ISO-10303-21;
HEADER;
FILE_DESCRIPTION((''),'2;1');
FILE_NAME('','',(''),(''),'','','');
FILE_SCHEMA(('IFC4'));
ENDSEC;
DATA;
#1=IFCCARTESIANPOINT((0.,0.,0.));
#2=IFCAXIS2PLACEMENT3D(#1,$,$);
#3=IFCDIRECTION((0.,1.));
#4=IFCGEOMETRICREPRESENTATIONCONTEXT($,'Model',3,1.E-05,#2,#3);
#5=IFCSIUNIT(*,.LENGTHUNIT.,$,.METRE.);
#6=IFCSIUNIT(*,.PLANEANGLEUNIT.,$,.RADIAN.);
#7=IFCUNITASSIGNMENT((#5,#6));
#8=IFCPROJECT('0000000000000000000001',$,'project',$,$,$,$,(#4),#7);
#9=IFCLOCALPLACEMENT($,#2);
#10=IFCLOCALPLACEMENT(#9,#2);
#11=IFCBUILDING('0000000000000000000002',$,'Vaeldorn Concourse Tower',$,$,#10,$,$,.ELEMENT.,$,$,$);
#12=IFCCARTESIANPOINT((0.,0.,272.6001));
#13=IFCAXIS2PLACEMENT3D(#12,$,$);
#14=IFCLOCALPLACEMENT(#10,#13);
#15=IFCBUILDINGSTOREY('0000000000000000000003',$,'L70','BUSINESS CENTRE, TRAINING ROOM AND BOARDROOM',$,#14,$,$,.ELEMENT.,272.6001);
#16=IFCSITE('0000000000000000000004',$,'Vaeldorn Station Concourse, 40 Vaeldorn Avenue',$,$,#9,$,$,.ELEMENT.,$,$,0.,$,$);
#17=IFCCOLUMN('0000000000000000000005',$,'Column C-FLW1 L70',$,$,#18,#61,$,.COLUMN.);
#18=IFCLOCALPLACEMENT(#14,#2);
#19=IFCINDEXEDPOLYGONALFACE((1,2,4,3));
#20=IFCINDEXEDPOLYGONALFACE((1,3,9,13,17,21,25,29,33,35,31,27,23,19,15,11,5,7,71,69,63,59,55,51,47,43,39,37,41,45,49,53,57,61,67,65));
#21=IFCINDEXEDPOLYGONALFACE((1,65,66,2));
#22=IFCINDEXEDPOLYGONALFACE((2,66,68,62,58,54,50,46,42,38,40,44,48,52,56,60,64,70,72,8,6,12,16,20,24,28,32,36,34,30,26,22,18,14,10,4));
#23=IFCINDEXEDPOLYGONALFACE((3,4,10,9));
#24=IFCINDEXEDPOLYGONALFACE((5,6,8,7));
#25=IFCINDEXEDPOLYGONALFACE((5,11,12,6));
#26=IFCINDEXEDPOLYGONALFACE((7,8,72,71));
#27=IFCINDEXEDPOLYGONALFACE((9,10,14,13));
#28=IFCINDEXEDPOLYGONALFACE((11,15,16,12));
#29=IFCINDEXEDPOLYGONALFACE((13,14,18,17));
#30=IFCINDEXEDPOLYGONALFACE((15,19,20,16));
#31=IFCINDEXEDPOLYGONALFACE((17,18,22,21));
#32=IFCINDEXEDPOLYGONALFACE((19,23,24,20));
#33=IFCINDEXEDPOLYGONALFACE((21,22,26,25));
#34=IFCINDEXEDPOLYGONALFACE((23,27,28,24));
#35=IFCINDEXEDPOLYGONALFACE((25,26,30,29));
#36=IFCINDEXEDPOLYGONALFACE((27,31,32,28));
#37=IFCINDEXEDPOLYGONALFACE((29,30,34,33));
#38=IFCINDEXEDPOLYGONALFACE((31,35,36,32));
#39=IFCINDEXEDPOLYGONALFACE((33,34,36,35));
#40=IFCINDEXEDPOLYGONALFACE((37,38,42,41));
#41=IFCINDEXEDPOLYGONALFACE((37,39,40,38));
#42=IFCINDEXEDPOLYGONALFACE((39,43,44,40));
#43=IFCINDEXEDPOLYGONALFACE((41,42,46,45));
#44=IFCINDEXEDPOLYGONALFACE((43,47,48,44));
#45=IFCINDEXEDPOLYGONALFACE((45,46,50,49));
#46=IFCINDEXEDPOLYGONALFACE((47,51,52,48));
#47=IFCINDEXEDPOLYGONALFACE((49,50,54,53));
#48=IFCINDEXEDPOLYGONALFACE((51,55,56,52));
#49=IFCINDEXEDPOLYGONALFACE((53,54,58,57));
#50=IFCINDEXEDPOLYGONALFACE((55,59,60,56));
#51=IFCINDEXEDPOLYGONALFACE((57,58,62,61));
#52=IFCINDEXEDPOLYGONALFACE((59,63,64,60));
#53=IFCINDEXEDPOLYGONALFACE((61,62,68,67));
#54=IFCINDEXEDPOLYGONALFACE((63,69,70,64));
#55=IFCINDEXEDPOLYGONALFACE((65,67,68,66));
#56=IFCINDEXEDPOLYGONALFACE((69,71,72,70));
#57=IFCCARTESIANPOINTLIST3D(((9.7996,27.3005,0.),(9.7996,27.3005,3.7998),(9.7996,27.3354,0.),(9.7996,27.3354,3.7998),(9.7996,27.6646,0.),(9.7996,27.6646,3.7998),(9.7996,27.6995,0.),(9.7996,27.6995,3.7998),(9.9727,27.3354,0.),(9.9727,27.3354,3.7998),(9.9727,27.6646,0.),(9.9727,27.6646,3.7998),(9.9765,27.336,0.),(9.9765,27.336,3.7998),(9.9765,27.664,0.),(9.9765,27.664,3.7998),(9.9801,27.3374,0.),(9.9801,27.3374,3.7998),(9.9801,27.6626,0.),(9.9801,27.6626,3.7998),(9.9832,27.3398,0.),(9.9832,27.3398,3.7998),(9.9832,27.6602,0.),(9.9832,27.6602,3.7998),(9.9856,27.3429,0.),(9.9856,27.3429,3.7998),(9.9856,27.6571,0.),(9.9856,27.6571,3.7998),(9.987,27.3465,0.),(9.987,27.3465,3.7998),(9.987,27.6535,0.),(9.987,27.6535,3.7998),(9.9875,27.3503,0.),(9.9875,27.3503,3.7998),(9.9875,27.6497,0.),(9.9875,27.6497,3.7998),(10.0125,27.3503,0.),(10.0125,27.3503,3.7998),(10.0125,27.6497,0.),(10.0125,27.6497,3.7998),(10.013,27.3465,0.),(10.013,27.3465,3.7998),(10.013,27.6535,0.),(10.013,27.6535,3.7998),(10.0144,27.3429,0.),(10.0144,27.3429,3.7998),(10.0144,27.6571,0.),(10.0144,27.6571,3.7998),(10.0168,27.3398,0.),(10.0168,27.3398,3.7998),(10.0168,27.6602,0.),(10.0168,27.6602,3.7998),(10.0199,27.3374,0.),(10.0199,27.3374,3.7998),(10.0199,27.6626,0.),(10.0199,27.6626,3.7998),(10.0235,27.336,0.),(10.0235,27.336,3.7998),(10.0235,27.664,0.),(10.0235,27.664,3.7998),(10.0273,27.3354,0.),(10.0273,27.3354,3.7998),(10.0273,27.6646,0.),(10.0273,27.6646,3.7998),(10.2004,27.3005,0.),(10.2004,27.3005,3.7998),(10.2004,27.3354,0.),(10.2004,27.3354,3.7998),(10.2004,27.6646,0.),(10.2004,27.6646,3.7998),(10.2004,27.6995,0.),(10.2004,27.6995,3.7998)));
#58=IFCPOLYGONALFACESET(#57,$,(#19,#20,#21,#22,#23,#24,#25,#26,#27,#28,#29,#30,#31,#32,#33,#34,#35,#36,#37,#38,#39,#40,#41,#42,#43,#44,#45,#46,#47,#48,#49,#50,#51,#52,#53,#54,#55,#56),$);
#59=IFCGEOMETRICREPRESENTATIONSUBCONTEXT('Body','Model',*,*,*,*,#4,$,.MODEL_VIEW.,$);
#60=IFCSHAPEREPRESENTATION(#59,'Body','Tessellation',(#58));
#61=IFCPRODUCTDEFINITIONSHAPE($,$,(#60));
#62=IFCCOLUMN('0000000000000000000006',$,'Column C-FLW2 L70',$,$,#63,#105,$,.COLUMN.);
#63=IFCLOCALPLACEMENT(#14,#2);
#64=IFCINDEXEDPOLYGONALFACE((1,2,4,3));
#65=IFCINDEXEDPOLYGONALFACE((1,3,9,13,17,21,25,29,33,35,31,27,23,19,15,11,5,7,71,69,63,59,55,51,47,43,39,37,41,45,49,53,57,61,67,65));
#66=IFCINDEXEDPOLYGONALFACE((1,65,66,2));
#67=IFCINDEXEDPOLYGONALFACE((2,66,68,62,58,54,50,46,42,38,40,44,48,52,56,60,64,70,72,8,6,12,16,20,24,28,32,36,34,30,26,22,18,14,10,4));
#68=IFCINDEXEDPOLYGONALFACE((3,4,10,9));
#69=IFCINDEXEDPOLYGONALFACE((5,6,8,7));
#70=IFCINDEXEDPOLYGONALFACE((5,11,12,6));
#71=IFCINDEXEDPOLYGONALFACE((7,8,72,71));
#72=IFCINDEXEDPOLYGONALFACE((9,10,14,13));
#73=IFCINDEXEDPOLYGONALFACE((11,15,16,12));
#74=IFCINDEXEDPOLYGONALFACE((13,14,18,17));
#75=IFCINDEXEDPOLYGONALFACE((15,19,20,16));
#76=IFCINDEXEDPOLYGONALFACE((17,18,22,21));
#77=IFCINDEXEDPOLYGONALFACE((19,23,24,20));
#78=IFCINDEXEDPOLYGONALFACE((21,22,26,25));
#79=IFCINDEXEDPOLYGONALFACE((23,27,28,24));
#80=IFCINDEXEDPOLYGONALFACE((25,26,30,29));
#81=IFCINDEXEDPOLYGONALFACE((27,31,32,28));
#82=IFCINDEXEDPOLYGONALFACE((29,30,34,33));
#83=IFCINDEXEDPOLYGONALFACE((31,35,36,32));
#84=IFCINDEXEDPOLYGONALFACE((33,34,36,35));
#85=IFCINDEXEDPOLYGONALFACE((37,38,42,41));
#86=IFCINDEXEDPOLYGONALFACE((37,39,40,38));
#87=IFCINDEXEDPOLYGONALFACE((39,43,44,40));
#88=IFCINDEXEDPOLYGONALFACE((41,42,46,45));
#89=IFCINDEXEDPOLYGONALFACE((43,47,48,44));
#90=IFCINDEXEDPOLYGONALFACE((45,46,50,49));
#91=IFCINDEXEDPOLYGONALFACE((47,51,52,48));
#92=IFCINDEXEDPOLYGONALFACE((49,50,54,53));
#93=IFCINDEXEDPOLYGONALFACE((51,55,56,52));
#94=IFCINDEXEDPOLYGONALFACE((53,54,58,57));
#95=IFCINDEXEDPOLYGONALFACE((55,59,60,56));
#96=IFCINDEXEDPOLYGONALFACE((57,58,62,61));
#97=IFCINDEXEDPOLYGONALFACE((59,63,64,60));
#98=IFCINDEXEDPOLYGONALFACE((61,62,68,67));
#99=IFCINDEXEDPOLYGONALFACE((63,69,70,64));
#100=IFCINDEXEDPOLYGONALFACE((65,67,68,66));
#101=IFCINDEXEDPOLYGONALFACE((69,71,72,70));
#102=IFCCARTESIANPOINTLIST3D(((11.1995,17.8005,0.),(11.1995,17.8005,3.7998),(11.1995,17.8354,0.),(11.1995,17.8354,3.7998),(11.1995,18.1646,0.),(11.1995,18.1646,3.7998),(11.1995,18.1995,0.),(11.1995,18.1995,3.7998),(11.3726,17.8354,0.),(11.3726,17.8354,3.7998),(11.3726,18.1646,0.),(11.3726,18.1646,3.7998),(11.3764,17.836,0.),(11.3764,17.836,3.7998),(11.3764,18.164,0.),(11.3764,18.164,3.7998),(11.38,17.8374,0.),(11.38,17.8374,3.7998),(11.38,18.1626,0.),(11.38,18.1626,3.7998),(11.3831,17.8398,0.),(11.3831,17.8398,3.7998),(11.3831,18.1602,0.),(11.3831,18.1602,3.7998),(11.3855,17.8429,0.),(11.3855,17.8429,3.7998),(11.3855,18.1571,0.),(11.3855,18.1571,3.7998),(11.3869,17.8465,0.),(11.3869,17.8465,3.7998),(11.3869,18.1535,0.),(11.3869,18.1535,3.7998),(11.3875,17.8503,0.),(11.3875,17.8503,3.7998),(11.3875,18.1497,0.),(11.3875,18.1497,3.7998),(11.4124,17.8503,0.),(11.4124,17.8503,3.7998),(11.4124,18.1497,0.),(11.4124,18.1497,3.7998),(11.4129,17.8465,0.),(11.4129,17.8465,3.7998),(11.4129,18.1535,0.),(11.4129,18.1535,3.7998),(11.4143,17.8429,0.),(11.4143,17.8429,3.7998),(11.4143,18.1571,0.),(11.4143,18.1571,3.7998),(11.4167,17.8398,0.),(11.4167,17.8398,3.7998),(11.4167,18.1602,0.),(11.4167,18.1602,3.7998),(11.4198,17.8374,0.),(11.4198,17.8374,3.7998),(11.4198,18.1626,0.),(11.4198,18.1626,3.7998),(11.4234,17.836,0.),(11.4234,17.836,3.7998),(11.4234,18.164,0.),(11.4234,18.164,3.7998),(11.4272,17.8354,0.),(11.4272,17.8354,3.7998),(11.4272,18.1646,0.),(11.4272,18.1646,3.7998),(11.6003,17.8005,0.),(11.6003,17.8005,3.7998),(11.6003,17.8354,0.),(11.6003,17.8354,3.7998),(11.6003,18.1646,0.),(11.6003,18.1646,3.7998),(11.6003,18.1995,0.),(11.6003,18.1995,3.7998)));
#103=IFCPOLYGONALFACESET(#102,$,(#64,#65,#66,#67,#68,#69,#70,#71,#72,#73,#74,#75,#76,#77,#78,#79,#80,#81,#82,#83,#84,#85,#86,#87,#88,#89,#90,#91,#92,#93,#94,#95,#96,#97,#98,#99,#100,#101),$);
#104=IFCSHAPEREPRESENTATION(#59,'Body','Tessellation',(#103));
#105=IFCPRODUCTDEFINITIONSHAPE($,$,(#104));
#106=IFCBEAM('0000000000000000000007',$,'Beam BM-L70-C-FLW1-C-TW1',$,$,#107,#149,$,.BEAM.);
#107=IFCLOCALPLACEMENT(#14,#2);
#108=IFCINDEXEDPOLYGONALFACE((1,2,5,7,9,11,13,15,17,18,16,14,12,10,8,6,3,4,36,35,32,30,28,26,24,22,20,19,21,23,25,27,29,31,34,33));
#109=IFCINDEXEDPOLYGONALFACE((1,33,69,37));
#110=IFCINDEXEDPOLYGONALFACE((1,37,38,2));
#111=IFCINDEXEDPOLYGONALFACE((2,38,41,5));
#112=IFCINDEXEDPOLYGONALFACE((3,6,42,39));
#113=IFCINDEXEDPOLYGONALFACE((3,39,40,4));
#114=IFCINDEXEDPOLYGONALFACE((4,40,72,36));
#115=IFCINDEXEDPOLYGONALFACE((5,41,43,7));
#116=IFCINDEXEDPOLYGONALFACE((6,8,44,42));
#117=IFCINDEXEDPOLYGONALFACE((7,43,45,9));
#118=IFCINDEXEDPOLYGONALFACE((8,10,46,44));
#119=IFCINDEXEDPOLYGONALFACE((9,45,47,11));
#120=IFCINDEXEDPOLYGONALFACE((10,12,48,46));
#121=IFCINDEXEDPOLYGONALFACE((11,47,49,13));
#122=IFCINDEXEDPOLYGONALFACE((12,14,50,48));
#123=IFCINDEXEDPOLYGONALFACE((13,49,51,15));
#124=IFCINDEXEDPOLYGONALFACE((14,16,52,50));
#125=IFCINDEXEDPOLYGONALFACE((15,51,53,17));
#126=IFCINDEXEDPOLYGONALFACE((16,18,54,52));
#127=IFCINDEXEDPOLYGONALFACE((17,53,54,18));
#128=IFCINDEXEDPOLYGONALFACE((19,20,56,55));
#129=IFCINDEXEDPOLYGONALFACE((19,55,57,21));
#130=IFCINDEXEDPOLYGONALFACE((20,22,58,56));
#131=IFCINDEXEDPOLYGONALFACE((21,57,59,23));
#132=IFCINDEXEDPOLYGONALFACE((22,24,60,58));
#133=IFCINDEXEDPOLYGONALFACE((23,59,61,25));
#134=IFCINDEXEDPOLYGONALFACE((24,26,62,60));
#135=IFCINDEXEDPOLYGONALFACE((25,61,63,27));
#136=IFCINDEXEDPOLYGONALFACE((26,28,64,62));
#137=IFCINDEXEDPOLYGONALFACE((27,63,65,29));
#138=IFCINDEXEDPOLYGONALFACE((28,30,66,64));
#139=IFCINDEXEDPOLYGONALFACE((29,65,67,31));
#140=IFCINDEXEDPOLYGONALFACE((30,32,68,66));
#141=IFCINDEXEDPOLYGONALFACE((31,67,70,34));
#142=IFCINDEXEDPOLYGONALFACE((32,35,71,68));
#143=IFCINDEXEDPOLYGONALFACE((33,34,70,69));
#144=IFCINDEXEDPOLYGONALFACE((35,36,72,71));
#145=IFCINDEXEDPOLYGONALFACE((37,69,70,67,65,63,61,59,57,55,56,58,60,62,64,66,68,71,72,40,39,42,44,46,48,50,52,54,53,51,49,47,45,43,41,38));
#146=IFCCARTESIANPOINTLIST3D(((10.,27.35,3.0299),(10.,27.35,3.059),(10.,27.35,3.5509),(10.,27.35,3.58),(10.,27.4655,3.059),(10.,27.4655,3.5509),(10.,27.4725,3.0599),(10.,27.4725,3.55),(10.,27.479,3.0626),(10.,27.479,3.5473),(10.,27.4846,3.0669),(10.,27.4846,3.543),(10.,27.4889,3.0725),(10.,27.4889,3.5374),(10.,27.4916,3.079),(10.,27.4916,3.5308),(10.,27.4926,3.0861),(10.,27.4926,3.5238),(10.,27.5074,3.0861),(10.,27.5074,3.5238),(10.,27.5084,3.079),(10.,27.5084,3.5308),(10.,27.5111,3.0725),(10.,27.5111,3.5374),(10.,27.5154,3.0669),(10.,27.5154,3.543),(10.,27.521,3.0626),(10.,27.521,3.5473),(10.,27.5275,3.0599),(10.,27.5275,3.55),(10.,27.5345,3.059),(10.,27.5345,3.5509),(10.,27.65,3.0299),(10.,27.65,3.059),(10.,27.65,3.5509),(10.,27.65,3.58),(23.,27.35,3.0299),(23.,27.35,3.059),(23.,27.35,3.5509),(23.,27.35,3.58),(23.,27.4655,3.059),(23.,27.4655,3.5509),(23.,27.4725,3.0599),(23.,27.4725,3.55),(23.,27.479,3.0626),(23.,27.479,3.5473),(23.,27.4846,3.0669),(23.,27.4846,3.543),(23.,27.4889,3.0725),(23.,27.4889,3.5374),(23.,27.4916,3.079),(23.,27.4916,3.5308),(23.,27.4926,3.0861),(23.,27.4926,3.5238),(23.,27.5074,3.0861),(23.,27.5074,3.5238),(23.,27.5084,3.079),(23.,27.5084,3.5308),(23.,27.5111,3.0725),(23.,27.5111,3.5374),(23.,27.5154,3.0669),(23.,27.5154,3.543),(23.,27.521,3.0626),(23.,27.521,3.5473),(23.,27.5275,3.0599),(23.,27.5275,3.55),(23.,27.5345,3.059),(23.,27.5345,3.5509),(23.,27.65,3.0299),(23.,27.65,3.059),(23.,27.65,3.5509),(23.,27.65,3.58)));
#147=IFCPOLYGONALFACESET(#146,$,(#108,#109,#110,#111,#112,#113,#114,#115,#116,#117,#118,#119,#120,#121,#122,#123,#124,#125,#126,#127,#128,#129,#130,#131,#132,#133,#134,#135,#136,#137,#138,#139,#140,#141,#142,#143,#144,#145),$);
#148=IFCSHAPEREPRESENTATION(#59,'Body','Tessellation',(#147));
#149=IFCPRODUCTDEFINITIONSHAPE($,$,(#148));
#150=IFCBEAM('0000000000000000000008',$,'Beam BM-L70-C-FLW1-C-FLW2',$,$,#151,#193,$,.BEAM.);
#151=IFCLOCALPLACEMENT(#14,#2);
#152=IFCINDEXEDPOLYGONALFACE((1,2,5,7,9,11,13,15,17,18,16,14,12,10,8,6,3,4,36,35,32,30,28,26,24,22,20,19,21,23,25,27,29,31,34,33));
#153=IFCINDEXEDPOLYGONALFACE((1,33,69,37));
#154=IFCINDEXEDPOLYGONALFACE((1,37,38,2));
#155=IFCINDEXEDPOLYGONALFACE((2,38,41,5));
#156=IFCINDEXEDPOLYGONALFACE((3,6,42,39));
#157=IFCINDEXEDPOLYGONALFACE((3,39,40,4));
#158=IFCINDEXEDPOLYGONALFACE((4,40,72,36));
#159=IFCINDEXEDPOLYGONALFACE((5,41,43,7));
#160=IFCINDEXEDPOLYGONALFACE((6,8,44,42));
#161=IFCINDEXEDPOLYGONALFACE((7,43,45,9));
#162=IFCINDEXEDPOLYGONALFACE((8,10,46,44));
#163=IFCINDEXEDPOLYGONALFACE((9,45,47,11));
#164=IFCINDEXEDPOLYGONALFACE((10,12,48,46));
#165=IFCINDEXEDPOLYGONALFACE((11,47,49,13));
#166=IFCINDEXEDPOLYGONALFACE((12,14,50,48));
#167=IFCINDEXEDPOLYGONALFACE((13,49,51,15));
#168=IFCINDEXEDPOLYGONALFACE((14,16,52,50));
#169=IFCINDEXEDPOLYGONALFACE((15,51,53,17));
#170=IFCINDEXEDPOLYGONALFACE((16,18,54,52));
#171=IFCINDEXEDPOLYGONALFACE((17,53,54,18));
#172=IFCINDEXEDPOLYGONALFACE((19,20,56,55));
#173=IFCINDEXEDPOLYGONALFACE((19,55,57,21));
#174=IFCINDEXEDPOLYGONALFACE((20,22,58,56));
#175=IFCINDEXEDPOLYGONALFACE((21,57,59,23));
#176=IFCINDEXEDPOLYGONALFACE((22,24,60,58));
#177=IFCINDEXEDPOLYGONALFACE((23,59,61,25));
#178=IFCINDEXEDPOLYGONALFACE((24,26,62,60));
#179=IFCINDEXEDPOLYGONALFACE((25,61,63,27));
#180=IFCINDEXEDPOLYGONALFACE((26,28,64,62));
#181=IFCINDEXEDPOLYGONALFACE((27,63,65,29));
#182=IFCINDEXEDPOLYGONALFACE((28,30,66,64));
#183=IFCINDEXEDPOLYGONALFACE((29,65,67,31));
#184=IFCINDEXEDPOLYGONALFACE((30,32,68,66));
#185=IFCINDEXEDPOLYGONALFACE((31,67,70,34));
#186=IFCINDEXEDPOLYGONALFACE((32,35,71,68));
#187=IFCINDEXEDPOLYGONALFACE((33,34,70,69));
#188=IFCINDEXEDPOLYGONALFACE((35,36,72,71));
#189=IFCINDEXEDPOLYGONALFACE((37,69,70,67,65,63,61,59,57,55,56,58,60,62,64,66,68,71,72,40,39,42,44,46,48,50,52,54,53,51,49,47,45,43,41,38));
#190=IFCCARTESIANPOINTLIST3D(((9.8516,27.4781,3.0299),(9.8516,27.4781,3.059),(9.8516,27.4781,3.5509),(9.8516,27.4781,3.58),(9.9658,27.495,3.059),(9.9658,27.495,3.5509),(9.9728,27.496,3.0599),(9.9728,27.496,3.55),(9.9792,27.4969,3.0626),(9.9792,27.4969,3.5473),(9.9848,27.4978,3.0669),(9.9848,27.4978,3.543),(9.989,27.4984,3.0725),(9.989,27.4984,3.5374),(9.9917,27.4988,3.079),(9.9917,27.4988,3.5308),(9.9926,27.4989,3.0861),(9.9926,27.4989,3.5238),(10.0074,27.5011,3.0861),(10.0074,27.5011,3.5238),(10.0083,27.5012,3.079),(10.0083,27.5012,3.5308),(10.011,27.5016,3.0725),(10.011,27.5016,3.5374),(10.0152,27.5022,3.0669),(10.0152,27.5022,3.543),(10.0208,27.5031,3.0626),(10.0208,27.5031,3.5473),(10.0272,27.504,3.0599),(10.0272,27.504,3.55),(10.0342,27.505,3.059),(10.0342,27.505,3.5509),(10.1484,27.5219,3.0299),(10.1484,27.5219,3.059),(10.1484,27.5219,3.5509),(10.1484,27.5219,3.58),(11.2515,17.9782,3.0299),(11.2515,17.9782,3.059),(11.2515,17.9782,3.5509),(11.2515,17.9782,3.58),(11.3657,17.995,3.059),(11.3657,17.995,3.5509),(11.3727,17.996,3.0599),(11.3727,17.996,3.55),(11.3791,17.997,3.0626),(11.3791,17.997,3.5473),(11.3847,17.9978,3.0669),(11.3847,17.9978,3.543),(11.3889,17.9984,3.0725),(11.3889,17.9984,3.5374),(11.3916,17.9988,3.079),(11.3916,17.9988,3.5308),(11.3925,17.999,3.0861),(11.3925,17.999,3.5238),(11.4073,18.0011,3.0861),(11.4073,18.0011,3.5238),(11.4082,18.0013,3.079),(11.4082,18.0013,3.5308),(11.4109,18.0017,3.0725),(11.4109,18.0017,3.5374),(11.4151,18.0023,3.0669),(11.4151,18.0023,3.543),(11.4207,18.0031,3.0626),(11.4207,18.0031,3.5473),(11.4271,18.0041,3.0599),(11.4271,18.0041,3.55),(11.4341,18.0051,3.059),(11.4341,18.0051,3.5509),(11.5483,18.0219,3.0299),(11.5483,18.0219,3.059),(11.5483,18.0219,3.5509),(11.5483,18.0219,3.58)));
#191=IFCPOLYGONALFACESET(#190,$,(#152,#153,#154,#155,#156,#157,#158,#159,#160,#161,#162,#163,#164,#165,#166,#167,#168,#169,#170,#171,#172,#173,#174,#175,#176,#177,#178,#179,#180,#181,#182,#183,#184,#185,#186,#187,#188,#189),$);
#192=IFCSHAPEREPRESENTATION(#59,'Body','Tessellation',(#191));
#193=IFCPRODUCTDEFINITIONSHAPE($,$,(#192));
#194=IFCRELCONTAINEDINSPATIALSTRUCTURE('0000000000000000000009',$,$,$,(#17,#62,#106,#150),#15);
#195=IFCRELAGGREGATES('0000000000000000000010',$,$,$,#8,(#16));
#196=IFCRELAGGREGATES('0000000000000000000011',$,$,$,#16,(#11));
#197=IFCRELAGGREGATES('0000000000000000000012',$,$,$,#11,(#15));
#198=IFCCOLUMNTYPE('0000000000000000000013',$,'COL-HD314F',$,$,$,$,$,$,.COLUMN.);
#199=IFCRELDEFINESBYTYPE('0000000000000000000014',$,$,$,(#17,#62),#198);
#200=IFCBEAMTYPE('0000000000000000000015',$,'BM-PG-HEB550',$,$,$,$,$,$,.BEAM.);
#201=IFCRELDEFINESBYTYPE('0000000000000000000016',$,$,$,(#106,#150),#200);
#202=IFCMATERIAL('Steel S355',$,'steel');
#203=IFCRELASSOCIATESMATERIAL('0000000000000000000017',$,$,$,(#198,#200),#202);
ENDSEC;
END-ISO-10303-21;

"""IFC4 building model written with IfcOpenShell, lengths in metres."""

from ifc_helpers import new_model, si_unit, direction, frame, origin, origin_2d, place, context, subcontext, project, spatial, i_section, extrude, source, transform, mapped, material, material_profile, profile_set, type_object, element, save


model = new_model("IFC4")

# Units and contexts
model_context = context("Model", 3, precision=1e-05, world=origin(), true_north=direction((0.0, 1.0)))
body_context = subcontext(model_context, "Body", "Model", "MODEL_VIEW")
ifc_project = project(units=[si_unit("LENGTHUNIT", "METRE"), si_unit("PLANEANGLEUNIT", "RADIAN")], contexts=[model_context])

# Site, building, storey
site_placement = place(None, origin())
site = spatial("IfcSite", under=ifc_project, at=site_placement, Name="Vaeldorn Station Concourse, 40 Vaeldorn Avenue", CompositionType="ELEMENT", RefElevation=0.0)
building_placement = place(site_placement, origin())
building = spatial("IfcBuilding", under=site, at=building_placement, Name="Vaeldorn Concourse Tower", CompositionType="ELEMENT")
storey_placement = place(building_placement, frame((0.0, 0.0, 272.6001)))
storey = spatial("IfcBuildingStorey", under=building, at=storey_placement, Name="L70", Description="BUSINESS CENTRE, TRAINING ROOM AND BOARDROOM", CompositionType="ELEMENT", Elevation=272.6001)

# Columns
ifc_material_1 = material(Name="Steel S355", Category="steel")
ifc_material_profile_1 = material_profile(ifc_material_1, i_section(OverallWidth=0.4009, OverallDepth=0.3989, WebThickness=0.0249, FlangeThickness=0.0349, FilletRadius=0.0149, at=origin_2d()), Name="HD 400x314")
ifc_profile_set_1 = profile_set([ifc_material_profile_1], Name="Steel S355")
column_type = type_object("IfcColumnType", Name="COL-HD314F", PredefinedType="COLUMN", material=ifc_profile_set_1)
shared_shape_1 = source(origin(), body_context, "Body", "SweptSolid", [
    extrude(i_section(OverallWidth=0.4009, OverallDepth=0.3989, WebThickness=0.0249, FlangeThickness=0.0349, FilletRadius=0.0149, at=origin_2d()), origin(), (0.0, 0.0, 1.0), 3.7998),
])
for number, where, z_axis, x_axis, name in (
    (1, (10.0, 27.5, 0.0), (0.0, 0.0, 1.0), (1.0, 0.0, 0.0), "Column C-FLW1 L70"),
    (2, (11.3999, 18.0, 0.0), (0.0, 0.0, 1.0), (1.0, 0.0, 0.0), "Column C-FLW2 L70"),
):
    element("IfcColumn", number, at=place(storey_placement, frame(where, z_axis=z_axis, x_axis=x_axis)), inside=storey, type_object=column_type, Name=name, PredefinedType="COLUMN", context=body_context, shape_type="MappedRepresentation", body=[
        mapped(shared_shape_1, transform((0.0, 0.0, 0.0), scale=1.0)),
    ])

# Beams
ifc_material_profile_2 = material_profile(ifc_material_1, i_section(OverallWidth=0.3, OverallDepth=0.55, WebThickness=0.0149, FlangeThickness=0.0291, FilletRadius=0.0271, at=origin_2d()), Name="HEB 550")
ifc_profile_set_2 = profile_set([ifc_material_profile_2], Name="Steel S355")
beam_type_1 = type_object("IfcBeamType", Name="BM-PG-HEB550", PredefinedType="BEAM", material=ifc_profile_set_2)
shared_shape_2 = source(origin(), body_context, "Body", "SweptSolid", [
    extrude(i_section(OverallWidth=0.3, OverallDepth=0.55, WebThickness=0.0149, FlangeThickness=0.0291, FilletRadius=0.0271, at=origin_2d()), origin(), (0.0, 0.0, 1.0), 13.0),
])
beam_1_placement = place(storey_placement, frame((10.0, 27.5, 3.3049), z_axis=(1.0, 0.0, 0.0), x_axis=(0.0, 1.0, 0.0)))
element("IfcBeam", 3, at=beam_1_placement, inside=storey, type_object=beam_type_1, Name="Beam BM-L70-C-FLW1-C-TW1", PredefinedType="BEAM", context=body_context, shape_type="MappedRepresentation", body=[
    mapped(shared_shape_2, transform((0.0, 0.0, 0.0), scale=1.0)),
])
shared_shape_3 = source(origin(), body_context, "Body", "SweptSolid", [
    extrude(i_section(OverallWidth=0.3, OverallDepth=0.55, WebThickness=0.0149, FlangeThickness=0.0291, FilletRadius=0.0271, at=origin_2d()), origin(), (0.0, 0.0, 1.0), 9.6025),
])
beam_2_placement = place(storey_placement, frame((10.0, 27.5, 3.3049), z_axis=(0.145784, -0.989316, 0.0), x_axis=(0.989316, 0.145784, 0.0)))
element("IfcBeam", 4, at=beam_2_placement, inside=storey, type_object=beam_type_1, Name="Beam BM-L70-C-FLW1-C-FLW2", PredefinedType="BEAM", context=body_context, shape_type="MappedRepresentation", body=[
    mapped(shared_shape_3, transform((0.0, 0.0, 0.0), scale=1.0)),
])

save(model, "model.ifc")
